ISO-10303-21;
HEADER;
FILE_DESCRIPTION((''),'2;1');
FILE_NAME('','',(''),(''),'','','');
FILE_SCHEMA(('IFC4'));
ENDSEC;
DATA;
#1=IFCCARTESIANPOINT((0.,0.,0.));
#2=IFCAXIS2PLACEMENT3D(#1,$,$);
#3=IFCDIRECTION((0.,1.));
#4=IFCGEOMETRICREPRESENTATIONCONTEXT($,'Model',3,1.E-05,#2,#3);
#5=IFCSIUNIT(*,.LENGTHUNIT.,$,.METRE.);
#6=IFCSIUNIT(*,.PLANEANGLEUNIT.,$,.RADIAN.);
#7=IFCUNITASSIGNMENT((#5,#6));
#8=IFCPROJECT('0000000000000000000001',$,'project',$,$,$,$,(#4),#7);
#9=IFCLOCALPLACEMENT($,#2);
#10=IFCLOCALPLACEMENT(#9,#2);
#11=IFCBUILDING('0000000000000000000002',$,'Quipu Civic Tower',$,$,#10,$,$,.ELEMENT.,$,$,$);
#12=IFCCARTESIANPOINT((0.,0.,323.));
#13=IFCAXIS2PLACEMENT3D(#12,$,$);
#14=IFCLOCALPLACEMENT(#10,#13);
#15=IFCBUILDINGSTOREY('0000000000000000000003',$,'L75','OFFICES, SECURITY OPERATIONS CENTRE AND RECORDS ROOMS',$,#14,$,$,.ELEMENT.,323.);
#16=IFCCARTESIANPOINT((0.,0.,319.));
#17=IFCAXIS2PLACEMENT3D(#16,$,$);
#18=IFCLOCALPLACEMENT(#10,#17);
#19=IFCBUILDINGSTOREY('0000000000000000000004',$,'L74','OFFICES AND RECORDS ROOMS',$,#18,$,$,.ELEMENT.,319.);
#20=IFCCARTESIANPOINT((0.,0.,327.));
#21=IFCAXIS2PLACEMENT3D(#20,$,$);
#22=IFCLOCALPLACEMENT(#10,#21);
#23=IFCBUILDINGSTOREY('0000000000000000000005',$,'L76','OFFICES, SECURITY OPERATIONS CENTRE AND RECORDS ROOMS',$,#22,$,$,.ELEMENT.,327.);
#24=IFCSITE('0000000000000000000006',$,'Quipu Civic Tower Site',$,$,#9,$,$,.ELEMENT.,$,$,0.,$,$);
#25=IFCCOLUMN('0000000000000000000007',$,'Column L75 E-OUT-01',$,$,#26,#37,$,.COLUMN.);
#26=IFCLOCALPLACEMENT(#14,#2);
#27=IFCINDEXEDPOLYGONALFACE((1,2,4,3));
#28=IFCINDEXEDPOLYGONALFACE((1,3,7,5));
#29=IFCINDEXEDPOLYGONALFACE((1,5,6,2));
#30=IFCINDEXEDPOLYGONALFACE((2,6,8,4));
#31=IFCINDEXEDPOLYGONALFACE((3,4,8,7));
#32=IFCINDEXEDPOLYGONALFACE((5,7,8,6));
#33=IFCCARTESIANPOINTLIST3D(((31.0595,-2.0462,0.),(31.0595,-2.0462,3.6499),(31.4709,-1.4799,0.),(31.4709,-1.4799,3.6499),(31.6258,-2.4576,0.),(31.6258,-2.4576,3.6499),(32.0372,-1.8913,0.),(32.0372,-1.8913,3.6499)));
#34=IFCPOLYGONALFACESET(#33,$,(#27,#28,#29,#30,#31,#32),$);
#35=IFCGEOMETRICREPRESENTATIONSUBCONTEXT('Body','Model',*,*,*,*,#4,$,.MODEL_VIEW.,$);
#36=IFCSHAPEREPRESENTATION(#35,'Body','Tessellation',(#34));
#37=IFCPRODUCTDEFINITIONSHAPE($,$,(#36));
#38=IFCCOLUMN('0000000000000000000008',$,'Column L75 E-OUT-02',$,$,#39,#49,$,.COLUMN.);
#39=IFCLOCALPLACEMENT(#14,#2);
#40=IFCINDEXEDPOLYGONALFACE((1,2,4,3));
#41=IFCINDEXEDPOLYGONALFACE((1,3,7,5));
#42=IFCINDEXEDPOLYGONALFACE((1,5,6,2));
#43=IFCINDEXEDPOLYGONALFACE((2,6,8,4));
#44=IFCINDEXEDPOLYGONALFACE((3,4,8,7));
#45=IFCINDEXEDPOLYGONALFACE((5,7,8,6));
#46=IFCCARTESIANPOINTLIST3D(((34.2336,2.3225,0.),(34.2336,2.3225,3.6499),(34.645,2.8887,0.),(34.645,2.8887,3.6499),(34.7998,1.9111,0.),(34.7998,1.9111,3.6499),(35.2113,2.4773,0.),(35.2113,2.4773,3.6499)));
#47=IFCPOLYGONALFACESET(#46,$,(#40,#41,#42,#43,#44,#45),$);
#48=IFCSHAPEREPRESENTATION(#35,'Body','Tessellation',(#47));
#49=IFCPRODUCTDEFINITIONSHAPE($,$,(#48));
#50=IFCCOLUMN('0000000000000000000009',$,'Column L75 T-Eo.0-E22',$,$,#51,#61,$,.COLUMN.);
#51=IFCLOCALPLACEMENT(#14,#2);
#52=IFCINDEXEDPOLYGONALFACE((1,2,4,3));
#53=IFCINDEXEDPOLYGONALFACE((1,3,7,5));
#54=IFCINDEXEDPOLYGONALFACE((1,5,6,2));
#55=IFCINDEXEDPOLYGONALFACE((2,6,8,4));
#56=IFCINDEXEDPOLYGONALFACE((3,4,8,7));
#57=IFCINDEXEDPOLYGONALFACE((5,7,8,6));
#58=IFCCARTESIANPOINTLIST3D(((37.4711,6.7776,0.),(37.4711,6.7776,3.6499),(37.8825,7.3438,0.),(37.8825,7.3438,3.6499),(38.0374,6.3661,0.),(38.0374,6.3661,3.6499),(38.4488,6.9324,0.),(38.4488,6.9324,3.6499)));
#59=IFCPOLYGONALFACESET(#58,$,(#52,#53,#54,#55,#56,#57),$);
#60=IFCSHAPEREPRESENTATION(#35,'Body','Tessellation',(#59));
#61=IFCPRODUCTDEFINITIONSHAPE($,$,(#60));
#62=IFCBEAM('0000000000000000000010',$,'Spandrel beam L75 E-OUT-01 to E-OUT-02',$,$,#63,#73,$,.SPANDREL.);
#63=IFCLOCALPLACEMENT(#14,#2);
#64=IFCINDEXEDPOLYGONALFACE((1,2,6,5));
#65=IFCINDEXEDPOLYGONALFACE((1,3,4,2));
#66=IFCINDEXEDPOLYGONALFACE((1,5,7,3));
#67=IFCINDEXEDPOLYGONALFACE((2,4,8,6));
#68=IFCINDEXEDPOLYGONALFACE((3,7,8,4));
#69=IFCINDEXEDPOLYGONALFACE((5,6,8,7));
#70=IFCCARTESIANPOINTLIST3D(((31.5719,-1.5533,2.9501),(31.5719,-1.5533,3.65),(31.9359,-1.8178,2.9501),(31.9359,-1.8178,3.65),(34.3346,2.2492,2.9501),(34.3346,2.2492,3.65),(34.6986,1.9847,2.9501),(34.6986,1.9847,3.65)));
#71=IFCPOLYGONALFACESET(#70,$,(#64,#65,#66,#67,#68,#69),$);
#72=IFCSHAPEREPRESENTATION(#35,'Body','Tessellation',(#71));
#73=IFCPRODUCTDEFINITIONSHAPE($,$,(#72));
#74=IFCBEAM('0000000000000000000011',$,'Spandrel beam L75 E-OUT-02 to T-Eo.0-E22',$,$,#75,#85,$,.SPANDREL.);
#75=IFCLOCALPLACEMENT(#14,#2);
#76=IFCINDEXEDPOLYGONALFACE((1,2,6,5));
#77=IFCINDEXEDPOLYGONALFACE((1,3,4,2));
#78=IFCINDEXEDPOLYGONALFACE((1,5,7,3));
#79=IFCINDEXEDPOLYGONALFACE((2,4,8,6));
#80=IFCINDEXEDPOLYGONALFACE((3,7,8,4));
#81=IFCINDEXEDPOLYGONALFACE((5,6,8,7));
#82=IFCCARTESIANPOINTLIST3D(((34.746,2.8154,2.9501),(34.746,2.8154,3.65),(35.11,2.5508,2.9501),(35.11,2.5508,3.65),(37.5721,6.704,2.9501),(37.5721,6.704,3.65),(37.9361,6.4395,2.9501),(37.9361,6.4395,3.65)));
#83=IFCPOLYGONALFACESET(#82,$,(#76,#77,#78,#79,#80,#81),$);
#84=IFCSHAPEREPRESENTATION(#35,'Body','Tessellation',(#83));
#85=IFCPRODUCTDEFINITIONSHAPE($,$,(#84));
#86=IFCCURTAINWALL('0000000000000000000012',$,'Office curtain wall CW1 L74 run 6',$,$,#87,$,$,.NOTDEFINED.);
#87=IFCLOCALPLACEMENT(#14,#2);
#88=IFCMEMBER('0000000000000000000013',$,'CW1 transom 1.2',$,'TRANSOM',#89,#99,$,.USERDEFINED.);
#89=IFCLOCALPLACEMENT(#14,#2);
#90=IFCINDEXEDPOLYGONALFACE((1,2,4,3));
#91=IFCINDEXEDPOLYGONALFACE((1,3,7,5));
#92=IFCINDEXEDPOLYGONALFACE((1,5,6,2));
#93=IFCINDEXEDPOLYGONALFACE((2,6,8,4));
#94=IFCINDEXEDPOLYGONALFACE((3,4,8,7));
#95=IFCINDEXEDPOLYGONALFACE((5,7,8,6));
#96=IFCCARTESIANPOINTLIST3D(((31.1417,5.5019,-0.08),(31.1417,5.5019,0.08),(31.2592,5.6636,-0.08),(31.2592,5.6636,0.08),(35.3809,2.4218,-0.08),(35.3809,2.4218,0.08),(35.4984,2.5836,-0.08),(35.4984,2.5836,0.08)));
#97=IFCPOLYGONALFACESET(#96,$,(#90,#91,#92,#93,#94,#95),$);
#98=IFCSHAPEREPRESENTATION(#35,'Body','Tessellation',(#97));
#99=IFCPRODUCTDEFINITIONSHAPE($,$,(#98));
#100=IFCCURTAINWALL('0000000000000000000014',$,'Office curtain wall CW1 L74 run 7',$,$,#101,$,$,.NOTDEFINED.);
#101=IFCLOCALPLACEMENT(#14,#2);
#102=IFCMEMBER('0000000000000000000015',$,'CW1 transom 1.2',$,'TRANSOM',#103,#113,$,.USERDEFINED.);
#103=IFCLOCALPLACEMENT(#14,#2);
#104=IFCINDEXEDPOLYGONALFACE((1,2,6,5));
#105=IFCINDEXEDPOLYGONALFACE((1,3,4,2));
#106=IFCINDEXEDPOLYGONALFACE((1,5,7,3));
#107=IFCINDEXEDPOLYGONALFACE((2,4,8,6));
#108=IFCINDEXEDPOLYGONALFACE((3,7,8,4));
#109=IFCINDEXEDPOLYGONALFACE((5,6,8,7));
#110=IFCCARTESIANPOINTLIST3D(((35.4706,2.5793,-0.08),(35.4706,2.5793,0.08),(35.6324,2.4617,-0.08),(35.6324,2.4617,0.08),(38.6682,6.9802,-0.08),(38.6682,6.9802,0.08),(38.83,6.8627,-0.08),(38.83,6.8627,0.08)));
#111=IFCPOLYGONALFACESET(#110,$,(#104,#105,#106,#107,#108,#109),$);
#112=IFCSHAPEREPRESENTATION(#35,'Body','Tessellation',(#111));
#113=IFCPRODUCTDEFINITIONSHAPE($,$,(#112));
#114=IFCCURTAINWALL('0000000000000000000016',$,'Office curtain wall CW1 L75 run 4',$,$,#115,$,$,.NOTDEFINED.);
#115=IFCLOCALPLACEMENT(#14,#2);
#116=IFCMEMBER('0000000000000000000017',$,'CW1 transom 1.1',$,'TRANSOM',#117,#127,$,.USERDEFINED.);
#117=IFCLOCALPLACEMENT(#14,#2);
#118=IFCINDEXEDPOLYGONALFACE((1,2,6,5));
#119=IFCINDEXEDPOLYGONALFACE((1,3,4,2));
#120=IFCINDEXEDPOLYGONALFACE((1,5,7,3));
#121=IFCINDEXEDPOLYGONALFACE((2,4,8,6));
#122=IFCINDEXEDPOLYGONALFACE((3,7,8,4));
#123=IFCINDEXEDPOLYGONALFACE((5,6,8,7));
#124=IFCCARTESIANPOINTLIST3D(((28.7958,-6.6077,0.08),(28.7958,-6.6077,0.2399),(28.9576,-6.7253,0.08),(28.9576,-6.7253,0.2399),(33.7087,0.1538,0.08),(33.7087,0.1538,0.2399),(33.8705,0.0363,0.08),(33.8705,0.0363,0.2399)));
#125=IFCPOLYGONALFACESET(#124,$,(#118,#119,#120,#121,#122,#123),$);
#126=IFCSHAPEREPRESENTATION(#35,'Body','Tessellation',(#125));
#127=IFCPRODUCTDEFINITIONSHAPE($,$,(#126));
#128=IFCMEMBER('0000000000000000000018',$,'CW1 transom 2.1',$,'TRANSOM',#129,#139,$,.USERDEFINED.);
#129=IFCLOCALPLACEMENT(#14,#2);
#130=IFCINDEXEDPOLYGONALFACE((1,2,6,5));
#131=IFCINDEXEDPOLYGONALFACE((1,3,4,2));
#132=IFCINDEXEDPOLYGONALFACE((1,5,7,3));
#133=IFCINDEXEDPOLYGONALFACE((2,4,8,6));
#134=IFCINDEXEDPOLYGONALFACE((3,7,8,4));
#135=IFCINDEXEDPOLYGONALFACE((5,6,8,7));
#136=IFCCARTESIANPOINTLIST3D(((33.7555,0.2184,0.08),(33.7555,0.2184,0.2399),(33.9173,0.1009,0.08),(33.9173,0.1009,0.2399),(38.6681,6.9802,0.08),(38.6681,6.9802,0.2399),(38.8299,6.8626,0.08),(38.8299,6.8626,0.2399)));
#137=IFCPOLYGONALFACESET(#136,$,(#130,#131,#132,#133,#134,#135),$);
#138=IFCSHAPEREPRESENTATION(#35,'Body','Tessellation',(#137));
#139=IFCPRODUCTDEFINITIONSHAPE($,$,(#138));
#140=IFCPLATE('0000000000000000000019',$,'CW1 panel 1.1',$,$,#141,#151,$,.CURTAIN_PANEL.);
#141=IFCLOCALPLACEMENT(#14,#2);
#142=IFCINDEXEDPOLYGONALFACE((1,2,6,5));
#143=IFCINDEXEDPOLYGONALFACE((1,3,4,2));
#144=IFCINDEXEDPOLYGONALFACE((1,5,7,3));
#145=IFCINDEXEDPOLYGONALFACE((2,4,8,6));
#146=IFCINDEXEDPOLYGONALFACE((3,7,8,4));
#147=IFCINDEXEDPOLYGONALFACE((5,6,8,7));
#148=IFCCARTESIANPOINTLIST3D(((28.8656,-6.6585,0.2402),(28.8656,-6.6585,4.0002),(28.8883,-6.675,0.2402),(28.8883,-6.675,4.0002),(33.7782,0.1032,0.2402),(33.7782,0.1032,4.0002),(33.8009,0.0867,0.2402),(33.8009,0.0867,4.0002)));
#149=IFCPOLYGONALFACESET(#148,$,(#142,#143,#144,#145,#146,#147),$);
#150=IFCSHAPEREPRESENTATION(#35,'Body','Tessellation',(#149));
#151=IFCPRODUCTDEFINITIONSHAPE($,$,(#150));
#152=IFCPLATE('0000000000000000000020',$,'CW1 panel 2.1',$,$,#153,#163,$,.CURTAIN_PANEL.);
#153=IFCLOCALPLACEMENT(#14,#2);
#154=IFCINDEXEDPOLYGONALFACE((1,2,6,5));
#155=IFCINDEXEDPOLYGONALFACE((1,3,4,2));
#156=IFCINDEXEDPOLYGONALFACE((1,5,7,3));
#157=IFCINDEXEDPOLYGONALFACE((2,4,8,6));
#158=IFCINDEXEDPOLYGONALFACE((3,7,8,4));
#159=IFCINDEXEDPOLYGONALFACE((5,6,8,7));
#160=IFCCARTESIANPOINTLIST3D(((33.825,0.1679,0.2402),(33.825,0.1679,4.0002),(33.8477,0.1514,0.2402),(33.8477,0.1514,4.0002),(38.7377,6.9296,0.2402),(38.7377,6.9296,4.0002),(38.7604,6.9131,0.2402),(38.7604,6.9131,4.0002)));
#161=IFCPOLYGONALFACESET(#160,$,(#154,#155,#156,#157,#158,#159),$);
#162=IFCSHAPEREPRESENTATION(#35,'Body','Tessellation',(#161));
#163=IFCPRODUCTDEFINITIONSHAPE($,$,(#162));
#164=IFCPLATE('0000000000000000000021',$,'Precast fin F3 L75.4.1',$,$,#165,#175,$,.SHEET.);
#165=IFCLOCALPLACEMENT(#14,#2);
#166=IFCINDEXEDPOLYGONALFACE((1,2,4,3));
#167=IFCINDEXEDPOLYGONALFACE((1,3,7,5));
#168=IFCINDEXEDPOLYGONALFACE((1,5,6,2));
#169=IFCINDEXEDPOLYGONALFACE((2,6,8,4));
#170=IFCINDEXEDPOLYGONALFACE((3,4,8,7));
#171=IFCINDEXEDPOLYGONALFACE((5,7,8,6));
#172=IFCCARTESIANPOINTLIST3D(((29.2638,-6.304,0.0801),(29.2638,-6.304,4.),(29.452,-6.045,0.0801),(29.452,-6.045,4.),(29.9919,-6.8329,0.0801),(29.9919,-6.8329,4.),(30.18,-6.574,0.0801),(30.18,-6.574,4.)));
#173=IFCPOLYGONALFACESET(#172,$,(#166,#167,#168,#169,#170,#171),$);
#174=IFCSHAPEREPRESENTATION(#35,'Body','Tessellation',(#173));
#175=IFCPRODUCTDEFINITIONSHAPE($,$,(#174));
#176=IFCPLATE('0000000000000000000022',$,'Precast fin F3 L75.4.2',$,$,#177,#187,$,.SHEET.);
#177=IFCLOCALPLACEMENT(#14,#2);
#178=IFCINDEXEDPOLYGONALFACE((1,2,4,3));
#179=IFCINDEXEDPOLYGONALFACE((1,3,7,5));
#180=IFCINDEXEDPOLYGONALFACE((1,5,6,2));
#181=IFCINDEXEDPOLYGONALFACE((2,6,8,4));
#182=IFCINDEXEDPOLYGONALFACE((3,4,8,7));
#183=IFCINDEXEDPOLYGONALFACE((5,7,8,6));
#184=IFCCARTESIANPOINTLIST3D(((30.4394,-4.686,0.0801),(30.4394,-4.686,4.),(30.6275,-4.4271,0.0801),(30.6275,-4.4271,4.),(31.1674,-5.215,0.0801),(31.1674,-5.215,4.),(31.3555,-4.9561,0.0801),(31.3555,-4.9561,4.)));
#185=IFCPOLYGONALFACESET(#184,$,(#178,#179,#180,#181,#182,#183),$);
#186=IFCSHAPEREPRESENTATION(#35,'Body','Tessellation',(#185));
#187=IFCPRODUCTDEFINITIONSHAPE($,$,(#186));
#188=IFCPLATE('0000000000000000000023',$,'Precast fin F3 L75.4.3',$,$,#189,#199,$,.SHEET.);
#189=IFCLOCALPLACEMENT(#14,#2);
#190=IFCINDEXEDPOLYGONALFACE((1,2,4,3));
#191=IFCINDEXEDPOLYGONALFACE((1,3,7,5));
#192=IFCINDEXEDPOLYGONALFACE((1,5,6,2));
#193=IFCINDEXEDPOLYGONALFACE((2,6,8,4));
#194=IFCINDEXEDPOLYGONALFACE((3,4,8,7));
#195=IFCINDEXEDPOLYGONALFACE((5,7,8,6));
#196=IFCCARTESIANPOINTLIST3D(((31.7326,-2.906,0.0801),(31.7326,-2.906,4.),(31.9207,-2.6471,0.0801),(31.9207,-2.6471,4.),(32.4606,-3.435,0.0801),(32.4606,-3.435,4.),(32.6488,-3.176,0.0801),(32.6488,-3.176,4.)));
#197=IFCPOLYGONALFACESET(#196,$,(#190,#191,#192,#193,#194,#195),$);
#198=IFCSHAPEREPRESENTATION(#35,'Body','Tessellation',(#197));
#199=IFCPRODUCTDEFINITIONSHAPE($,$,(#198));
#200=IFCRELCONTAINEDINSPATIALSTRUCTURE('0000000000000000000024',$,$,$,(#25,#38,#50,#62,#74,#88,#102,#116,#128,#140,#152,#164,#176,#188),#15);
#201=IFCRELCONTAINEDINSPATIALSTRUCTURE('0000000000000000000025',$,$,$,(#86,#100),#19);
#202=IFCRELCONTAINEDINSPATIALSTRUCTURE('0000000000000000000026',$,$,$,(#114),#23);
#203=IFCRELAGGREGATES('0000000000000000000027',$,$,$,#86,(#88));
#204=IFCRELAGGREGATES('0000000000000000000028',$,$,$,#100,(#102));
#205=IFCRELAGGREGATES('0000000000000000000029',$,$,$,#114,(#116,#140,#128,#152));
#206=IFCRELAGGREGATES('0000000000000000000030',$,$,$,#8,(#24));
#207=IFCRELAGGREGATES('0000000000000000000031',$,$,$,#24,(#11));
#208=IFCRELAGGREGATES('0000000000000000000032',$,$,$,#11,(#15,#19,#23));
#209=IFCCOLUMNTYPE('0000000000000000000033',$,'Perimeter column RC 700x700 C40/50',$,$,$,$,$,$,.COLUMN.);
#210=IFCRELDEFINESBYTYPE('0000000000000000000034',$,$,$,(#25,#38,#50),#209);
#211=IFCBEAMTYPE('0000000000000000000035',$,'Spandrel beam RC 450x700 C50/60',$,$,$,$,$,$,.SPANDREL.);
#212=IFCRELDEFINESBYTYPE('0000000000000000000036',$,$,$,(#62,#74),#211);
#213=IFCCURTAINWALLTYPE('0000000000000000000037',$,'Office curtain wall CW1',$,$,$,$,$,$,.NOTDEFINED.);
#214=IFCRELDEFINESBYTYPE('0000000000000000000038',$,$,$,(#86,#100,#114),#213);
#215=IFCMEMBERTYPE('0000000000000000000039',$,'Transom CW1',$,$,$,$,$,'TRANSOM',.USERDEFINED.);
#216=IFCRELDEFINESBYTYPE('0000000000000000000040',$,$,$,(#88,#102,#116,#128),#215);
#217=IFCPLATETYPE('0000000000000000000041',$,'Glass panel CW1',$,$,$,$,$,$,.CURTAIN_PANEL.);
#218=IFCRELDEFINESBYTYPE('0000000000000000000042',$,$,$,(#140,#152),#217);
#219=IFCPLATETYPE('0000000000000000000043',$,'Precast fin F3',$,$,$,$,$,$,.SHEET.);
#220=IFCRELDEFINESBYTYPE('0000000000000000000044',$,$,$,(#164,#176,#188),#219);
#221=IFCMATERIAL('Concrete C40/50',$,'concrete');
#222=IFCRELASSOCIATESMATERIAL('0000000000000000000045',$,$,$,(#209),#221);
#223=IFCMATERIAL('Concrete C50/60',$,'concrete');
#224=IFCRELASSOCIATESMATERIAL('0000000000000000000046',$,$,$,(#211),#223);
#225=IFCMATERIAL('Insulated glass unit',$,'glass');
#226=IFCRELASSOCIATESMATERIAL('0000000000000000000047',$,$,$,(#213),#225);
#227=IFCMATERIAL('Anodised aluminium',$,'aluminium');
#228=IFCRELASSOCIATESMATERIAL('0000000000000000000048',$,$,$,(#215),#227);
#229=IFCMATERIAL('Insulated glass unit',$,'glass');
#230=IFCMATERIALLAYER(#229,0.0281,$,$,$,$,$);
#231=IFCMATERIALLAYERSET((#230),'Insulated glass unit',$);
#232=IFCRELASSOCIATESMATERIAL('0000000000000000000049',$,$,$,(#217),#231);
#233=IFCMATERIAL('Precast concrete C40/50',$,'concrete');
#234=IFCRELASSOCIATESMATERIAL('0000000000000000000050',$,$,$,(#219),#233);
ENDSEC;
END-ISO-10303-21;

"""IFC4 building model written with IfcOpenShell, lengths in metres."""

from ifc_helpers import new_model, si_unit, direction, frame, origin, origin_2d, place, context, subcontext, project, spatial, rectangle, extrude, material, layer, layer_set, material_profile, profile_set, type_object, element, aggregate, save


model = new_model("IFC4")

# Units and contexts
model_context = context("Model", 3, precision=1e-05, world=origin(), true_north=direction((0.0, 1.0)))
body_context = subcontext(model_context, "Body", "Model", "MODEL_VIEW")
ifc_project = project(units=[si_unit("LENGTHUNIT", "METRE"), si_unit("PLANEANGLEUNIT", "RADIAN")], contexts=[model_context])

# Site, building, storey
site_placement = place(None, origin())
site = spatial("IfcSite", under=ifc_project, at=site_placement, Name="Quipu Civic Tower Site", CompositionType="ELEMENT", RefElevation=0.0)
building_placement = place(site_placement, origin())
building = spatial("IfcBuilding", under=site, at=building_placement, Name="Quipu Civic Tower", CompositionType="ELEMENT")
storey_1_placement = place(building_placement, frame((0.0, 0.0, 323.0)))
storey_1 = spatial("IfcBuildingStorey", under=building, at=storey_1_placement, Name="L75", Description="OFFICES, SECURITY OPERATIONS CENTRE AND RECORDS ROOMS", CompositionType="ELEMENT", Elevation=323.0)

# Columns
ifc_material_1 = material(Name="Concrete C40/50", Category="concrete")
ifc_material_profile_1 = material_profile(ifc_material_1, rectangle(XDim=0.7, YDim=0.7, at=origin_2d()), Name="RC700x700")
ifc_profile_set_1 = profile_set([ifc_material_profile_1], Name="Concrete C40/50")
column_type = type_object("IfcColumnType", Name="Perimeter column RC 700x700 C40/50", PredefinedType="COLUMN", material=ifc_profile_set_1)
for number, where, z_axis, x_axis, name in (
    (1, (31.5483, -1.9688, 0.0), (0.0, 0.0, 1.0), (0.587785, 0.809017, 0.0), "Column L75 E-OUT-01"),
    (2, (34.7224, 2.3999, 0.0), (0.0, 0.0, 1.0), (0.587785, 0.809017, 0.0), "Column L75 E-OUT-02"),
    (3, (37.96, 6.855, 0.0), (0.0, 0.0, 1.0), (0.587785, 0.809017, 0.0), "Column L75 T-Eo.0-E22"),
):
    element("IfcColumn", number, at=place(storey_1_placement, frame(where, z_axis=z_axis, x_axis=x_axis)), inside=storey_1, type_object=column_type, Name=name, PredefinedType="COLUMN", context=body_context, shape_type="SweptSolid", body=[
        extrude(rectangle(XDim=0.7, YDim=0.7, at=origin_2d()), origin(), (0.0, 0.0, 1.0), 3.6499),
    ])

# Beams
ifc_material_2 = material(Name="Concrete C50/60", Category="concrete")
ifc_material_profile_2 = material_profile(ifc_material_2, rectangle(XDim=0.45, YDim=0.7, at=origin_2d()), Name="RC450x700")
ifc_profile_set_2 = profile_set([ifc_material_profile_2], Name="Concrete C50/60")
beam_type = type_object("IfcBeamType", Name="Spandrel beam RC 450x700 C50/60", PredefinedType="SPANDREL", material=ifc_profile_set_2)
beam_1_placement = place(storey_1_placement, frame((31.7539, -1.6855, 3.3), z_axis=(0.587789, 0.809015, 0.0), x_axis=(-0.809015, 0.587789, 0.0)))
element("IfcBeam", 4, at=beam_1_placement, inside=storey_1, type_object=beam_type, Name="Spandrel beam L75 E-OUT-01 to E-OUT-02", PredefinedType="SPANDREL", context=body_context, shape_type="SweptSolid", body=[
    extrude(rectangle(XDim=0.45, YDim=0.7, at=origin_2d()), origin(), (0.0, 0.0, 1.0), 4.7002),
])
beam_2_placement = place(storey_1_placement, frame((34.928, 2.6831, 3.3), z_axis=(0.587906, 0.808929, 0.0), x_axis=(-0.808929, 0.587906, 0.0)))
element("IfcBeam", 5, at=beam_2_placement, inside=storey_1, type_object=beam_type, Name="Spandrel beam L75 E-OUT-02 to T-Eo.0-E22", PredefinedType="SPANDREL", context=body_context, shape_type="SweptSolid", body=[
    extrude(rectangle(XDim=0.45, YDim=0.7, at=origin_2d()), origin(), (0.0, 0.0, 1.0), 4.8071),
])

# Shared definitions
storey_2_placement = place(building_placement, frame((0.0, 0.0, 319.0)))
storey_2 = spatial("IfcBuildingStorey", under=building, at=storey_2_placement, Name="L74", Description="OFFICES AND RECORDS ROOMS", CompositionType="ELEMENT", Elevation=319.0)

# Curtain walls, members
ifc_material_3 = material(Name="Insulated glass unit", Category="glass")
curtain_wall_type = type_object("IfcCurtainWallType", Name="Office curtain wall CW1", PredefinedType="NOTDEFINED", material=ifc_material_3)
curtain_wall_1_placement = place(storey_2_placement, origin())
curtain_wall_1 = element("IfcCurtainWall", 6, at=curtain_wall_1_placement, inside=storey_2, type_object=curtain_wall_type, Name="Office curtain wall CW1 L74 run 6", PredefinedType="NOTDEFINED")
ifc_material_4 = material(Name="Anodised aluminium", Category="aluminium")
ifc_material_profile_3 = material_profile(ifc_material_4, rectangle(XDim=0.2, YDim=0.1599, at=origin_2d()), Name="RECT 200x160")
ifc_profile_set_3 = profile_set([ifc_material_profile_3], Name="Anodised aluminium")
member_type = type_object("IfcMemberType", Name="Transom CW1", ElementType="TRANSOM", PredefinedType="USERDEFINED", material=ifc_profile_set_3)
member_1_placement = place(storey_1_placement, frame((31.2004, 5.5828, 0.0), z_axis=(0.80901, -0.587795, 0.0), x_axis=(0.587795, 0.80901, 0.0)))
member_1 = element("IfcMember", 7, at=member_1_placement, inside=storey_1, type_object=member_type, Name="CW1 transom 1.2", ObjectType="TRANSOM", PredefinedType="USERDEFINED", context=body_context, shape_type="SweptSolid", body=[
    extrude(rectangle(XDim=0.2, YDim=0.1599, at=origin_2d()), origin(), (0.0, 0.0, 1.0), 5.24),
])
aggregate(curtain_wall_1, [member_1])
curtain_wall_2_placement = place(storey_2_placement, origin())
curtain_wall_2 = element("IfcCurtainWall", 8, at=curtain_wall_2_placement, inside=storey_2, type_object=curtain_wall_type, Name="Office curtain wall CW1 L74 run 7", PredefinedType="NOTDEFINED")
member_2_placement = place(storey_1_placement, frame((35.5515, 2.5205, 0.0), z_axis=(0.587795, 0.80901, 0.0), x_axis=(-0.80901, 0.587795, 0.0)))
member_2 = element("IfcMember", 9, at=member_2_placement, inside=storey_1, type_object=member_type, Name="CW1 transom 1.2", ObjectType="TRANSOM", PredefinedType="USERDEFINED", context=body_context, shape_type="SweptSolid", body=[
    extrude(rectangle(XDim=0.2, YDim=0.1599, at=origin_2d()), origin(), (0.0, 0.0, 1.0), 5.4399),
])
aggregate(curtain_wall_2, [member_2])

# Shared definitions
storey_3_placement = place(building_placement, frame((0.0, 0.0, 327.0)))
storey_3 = spatial("IfcBuildingStorey", under=building, at=storey_3_placement, Name="L76", Description="OFFICES, SECURITY OPERATIONS CENTRE AND RECORDS ROOMS", CompositionType="ELEMENT", Elevation=327.0)

# Curtain wall, members, plates
curtain_wall_3_placement = place(storey_3_placement, origin())
curtain_wall_3 = element("IfcCurtainWall", 10, at=curtain_wall_3_placement, inside=storey_3, type_object=curtain_wall_type, Name="Office curtain wall CW1 L75 run 4", PredefinedType="NOTDEFINED")
member_3_placement = place(storey_1_placement, frame((28.8767, -6.6665, 0.1599), z_axis=(0.587812, 0.808997, 0.0), x_axis=(-0.808997, 0.587812, 0.0)))
member_3 = element("IfcMember", 11, at=member_3_placement, inside=storey_1, type_object=member_type, Name="CW1 transom 1.1", ObjectType="TRANSOM", PredefinedType="USERDEFINED", context=body_context, shape_type="SweptSolid", body=[
    extrude(rectangle(XDim=0.2, YDim=0.1599, at=origin_2d()), origin(), (0.0, 0.0, 1.0), 8.3579),
])
member_4_placement = place(storey_1_placement, frame((33.8364, 0.1597, 0.1599), z_axis=(0.587779, 0.809021, 0.0), x_axis=(-0.809021, 0.587779, 0.0)))
member_4 = element("IfcMember", 12, at=member_4_placement, inside=storey_1, type_object=member_type, Name="CW1 transom 2.1", ObjectType="TRANSOM", PredefinedType="USERDEFINED", context=body_context, shape_type="SweptSolid", body=[
    extrude(rectangle(XDim=0.2, YDim=0.1599, at=origin_2d()), origin(), (0.0, 0.0, 1.0), 8.3579),
])
ifc_material_5 = material(Name="Insulated glass unit", Category="glass")
ifc_layer_1 = layer(ifc_material_5, 0.0281)
ifc_layer_set_1 = layer_set([ifc_layer_1], Name="Insulated glass unit")
plate_type_1 = type_object("IfcPlateType", Name="Glass panel CW1", PredefinedType="CURTAIN_PANEL", material=ifc_layer_set_1)
plate_1_placement = place(storey_1_placement, frame((31.3333, -3.2859, 0.2402), z_axis=(0.0, 0.0, 1.0), x_axis=(0.587786, 0.809016, 0.0)))
plate_1 = element("IfcPlate", 13, at=plate_1_placement, inside=storey_1, type_object=plate_type_1, Name="CW1 panel 1.1", PredefinedType="CURTAIN_PANEL", context=body_context, shape_type="SweptSolid", body=[
    extrude(rectangle(XDim=8.3579, YDim=0.0281, at=origin_2d()), origin(), (0.0, 0.0, 1.0), 3.76),
])
plate_2_placement = place(storey_1_placement, frame((36.2927, 3.5405, 0.2402), z_axis=(0.0, 0.0, 1.0), x_axis=(0.587786, 0.809016, 0.0)))
plate_2 = element("IfcPlate", 14, at=plate_2_placement, inside=storey_1, type_object=plate_type_1, Name="CW1 panel 2.1", PredefinedType="CURTAIN_PANEL", context=body_context, shape_type="SweptSolid", body=[
    extrude(rectangle(XDim=8.3579, YDim=0.0281, at=origin_2d()), origin(), (0.0, 0.0, 1.0), 3.76),
])
aggregate(curtain_wall_3, [member_3, plate_1, member_4, plate_2])

# Plates
ifc_material_6 = material(Name="Precast concrete C40/50", Category="concrete")
plate_type_2 = type_object("IfcPlateType", Name="Precast fin F3", PredefinedType="SHEET", material=ifc_material_6)
for number, where, z_axis, x_axis, name in (
    (15, (29.7219, -6.439, 0.0801), (0.0, 0.0, 1.0), (0.587787, 0.809016, 0.0), "Precast fin F3 L75.4.1"),
    (16, (30.8975, -4.821, 0.0801), (0.0, 0.0, 1.0), (0.587787, 0.809016, 0.0), "Precast fin F3 L75.4.2"),
    (17, (32.1907, -3.041, 0.0801), (0.0, 0.0, 1.0), (0.587787, 0.809016, 0.0), "Precast fin F3 L75.4.3"),
):
    element("IfcPlate", number, at=place(storey_1_placement, frame(where, z_axis=z_axis, x_axis=x_axis)), inside=storey_1, type_object=plate_type_2, Name=name, PredefinedType="SHEET", context=body_context, shape_type="SweptSolid", body=[
        extrude(rectangle(XDim=0.3201, YDim=0.8999, at=origin_2d()), origin(), (0.0, 0.0, 1.0), 3.9199),
    ])

save(model, "model.ifc")
